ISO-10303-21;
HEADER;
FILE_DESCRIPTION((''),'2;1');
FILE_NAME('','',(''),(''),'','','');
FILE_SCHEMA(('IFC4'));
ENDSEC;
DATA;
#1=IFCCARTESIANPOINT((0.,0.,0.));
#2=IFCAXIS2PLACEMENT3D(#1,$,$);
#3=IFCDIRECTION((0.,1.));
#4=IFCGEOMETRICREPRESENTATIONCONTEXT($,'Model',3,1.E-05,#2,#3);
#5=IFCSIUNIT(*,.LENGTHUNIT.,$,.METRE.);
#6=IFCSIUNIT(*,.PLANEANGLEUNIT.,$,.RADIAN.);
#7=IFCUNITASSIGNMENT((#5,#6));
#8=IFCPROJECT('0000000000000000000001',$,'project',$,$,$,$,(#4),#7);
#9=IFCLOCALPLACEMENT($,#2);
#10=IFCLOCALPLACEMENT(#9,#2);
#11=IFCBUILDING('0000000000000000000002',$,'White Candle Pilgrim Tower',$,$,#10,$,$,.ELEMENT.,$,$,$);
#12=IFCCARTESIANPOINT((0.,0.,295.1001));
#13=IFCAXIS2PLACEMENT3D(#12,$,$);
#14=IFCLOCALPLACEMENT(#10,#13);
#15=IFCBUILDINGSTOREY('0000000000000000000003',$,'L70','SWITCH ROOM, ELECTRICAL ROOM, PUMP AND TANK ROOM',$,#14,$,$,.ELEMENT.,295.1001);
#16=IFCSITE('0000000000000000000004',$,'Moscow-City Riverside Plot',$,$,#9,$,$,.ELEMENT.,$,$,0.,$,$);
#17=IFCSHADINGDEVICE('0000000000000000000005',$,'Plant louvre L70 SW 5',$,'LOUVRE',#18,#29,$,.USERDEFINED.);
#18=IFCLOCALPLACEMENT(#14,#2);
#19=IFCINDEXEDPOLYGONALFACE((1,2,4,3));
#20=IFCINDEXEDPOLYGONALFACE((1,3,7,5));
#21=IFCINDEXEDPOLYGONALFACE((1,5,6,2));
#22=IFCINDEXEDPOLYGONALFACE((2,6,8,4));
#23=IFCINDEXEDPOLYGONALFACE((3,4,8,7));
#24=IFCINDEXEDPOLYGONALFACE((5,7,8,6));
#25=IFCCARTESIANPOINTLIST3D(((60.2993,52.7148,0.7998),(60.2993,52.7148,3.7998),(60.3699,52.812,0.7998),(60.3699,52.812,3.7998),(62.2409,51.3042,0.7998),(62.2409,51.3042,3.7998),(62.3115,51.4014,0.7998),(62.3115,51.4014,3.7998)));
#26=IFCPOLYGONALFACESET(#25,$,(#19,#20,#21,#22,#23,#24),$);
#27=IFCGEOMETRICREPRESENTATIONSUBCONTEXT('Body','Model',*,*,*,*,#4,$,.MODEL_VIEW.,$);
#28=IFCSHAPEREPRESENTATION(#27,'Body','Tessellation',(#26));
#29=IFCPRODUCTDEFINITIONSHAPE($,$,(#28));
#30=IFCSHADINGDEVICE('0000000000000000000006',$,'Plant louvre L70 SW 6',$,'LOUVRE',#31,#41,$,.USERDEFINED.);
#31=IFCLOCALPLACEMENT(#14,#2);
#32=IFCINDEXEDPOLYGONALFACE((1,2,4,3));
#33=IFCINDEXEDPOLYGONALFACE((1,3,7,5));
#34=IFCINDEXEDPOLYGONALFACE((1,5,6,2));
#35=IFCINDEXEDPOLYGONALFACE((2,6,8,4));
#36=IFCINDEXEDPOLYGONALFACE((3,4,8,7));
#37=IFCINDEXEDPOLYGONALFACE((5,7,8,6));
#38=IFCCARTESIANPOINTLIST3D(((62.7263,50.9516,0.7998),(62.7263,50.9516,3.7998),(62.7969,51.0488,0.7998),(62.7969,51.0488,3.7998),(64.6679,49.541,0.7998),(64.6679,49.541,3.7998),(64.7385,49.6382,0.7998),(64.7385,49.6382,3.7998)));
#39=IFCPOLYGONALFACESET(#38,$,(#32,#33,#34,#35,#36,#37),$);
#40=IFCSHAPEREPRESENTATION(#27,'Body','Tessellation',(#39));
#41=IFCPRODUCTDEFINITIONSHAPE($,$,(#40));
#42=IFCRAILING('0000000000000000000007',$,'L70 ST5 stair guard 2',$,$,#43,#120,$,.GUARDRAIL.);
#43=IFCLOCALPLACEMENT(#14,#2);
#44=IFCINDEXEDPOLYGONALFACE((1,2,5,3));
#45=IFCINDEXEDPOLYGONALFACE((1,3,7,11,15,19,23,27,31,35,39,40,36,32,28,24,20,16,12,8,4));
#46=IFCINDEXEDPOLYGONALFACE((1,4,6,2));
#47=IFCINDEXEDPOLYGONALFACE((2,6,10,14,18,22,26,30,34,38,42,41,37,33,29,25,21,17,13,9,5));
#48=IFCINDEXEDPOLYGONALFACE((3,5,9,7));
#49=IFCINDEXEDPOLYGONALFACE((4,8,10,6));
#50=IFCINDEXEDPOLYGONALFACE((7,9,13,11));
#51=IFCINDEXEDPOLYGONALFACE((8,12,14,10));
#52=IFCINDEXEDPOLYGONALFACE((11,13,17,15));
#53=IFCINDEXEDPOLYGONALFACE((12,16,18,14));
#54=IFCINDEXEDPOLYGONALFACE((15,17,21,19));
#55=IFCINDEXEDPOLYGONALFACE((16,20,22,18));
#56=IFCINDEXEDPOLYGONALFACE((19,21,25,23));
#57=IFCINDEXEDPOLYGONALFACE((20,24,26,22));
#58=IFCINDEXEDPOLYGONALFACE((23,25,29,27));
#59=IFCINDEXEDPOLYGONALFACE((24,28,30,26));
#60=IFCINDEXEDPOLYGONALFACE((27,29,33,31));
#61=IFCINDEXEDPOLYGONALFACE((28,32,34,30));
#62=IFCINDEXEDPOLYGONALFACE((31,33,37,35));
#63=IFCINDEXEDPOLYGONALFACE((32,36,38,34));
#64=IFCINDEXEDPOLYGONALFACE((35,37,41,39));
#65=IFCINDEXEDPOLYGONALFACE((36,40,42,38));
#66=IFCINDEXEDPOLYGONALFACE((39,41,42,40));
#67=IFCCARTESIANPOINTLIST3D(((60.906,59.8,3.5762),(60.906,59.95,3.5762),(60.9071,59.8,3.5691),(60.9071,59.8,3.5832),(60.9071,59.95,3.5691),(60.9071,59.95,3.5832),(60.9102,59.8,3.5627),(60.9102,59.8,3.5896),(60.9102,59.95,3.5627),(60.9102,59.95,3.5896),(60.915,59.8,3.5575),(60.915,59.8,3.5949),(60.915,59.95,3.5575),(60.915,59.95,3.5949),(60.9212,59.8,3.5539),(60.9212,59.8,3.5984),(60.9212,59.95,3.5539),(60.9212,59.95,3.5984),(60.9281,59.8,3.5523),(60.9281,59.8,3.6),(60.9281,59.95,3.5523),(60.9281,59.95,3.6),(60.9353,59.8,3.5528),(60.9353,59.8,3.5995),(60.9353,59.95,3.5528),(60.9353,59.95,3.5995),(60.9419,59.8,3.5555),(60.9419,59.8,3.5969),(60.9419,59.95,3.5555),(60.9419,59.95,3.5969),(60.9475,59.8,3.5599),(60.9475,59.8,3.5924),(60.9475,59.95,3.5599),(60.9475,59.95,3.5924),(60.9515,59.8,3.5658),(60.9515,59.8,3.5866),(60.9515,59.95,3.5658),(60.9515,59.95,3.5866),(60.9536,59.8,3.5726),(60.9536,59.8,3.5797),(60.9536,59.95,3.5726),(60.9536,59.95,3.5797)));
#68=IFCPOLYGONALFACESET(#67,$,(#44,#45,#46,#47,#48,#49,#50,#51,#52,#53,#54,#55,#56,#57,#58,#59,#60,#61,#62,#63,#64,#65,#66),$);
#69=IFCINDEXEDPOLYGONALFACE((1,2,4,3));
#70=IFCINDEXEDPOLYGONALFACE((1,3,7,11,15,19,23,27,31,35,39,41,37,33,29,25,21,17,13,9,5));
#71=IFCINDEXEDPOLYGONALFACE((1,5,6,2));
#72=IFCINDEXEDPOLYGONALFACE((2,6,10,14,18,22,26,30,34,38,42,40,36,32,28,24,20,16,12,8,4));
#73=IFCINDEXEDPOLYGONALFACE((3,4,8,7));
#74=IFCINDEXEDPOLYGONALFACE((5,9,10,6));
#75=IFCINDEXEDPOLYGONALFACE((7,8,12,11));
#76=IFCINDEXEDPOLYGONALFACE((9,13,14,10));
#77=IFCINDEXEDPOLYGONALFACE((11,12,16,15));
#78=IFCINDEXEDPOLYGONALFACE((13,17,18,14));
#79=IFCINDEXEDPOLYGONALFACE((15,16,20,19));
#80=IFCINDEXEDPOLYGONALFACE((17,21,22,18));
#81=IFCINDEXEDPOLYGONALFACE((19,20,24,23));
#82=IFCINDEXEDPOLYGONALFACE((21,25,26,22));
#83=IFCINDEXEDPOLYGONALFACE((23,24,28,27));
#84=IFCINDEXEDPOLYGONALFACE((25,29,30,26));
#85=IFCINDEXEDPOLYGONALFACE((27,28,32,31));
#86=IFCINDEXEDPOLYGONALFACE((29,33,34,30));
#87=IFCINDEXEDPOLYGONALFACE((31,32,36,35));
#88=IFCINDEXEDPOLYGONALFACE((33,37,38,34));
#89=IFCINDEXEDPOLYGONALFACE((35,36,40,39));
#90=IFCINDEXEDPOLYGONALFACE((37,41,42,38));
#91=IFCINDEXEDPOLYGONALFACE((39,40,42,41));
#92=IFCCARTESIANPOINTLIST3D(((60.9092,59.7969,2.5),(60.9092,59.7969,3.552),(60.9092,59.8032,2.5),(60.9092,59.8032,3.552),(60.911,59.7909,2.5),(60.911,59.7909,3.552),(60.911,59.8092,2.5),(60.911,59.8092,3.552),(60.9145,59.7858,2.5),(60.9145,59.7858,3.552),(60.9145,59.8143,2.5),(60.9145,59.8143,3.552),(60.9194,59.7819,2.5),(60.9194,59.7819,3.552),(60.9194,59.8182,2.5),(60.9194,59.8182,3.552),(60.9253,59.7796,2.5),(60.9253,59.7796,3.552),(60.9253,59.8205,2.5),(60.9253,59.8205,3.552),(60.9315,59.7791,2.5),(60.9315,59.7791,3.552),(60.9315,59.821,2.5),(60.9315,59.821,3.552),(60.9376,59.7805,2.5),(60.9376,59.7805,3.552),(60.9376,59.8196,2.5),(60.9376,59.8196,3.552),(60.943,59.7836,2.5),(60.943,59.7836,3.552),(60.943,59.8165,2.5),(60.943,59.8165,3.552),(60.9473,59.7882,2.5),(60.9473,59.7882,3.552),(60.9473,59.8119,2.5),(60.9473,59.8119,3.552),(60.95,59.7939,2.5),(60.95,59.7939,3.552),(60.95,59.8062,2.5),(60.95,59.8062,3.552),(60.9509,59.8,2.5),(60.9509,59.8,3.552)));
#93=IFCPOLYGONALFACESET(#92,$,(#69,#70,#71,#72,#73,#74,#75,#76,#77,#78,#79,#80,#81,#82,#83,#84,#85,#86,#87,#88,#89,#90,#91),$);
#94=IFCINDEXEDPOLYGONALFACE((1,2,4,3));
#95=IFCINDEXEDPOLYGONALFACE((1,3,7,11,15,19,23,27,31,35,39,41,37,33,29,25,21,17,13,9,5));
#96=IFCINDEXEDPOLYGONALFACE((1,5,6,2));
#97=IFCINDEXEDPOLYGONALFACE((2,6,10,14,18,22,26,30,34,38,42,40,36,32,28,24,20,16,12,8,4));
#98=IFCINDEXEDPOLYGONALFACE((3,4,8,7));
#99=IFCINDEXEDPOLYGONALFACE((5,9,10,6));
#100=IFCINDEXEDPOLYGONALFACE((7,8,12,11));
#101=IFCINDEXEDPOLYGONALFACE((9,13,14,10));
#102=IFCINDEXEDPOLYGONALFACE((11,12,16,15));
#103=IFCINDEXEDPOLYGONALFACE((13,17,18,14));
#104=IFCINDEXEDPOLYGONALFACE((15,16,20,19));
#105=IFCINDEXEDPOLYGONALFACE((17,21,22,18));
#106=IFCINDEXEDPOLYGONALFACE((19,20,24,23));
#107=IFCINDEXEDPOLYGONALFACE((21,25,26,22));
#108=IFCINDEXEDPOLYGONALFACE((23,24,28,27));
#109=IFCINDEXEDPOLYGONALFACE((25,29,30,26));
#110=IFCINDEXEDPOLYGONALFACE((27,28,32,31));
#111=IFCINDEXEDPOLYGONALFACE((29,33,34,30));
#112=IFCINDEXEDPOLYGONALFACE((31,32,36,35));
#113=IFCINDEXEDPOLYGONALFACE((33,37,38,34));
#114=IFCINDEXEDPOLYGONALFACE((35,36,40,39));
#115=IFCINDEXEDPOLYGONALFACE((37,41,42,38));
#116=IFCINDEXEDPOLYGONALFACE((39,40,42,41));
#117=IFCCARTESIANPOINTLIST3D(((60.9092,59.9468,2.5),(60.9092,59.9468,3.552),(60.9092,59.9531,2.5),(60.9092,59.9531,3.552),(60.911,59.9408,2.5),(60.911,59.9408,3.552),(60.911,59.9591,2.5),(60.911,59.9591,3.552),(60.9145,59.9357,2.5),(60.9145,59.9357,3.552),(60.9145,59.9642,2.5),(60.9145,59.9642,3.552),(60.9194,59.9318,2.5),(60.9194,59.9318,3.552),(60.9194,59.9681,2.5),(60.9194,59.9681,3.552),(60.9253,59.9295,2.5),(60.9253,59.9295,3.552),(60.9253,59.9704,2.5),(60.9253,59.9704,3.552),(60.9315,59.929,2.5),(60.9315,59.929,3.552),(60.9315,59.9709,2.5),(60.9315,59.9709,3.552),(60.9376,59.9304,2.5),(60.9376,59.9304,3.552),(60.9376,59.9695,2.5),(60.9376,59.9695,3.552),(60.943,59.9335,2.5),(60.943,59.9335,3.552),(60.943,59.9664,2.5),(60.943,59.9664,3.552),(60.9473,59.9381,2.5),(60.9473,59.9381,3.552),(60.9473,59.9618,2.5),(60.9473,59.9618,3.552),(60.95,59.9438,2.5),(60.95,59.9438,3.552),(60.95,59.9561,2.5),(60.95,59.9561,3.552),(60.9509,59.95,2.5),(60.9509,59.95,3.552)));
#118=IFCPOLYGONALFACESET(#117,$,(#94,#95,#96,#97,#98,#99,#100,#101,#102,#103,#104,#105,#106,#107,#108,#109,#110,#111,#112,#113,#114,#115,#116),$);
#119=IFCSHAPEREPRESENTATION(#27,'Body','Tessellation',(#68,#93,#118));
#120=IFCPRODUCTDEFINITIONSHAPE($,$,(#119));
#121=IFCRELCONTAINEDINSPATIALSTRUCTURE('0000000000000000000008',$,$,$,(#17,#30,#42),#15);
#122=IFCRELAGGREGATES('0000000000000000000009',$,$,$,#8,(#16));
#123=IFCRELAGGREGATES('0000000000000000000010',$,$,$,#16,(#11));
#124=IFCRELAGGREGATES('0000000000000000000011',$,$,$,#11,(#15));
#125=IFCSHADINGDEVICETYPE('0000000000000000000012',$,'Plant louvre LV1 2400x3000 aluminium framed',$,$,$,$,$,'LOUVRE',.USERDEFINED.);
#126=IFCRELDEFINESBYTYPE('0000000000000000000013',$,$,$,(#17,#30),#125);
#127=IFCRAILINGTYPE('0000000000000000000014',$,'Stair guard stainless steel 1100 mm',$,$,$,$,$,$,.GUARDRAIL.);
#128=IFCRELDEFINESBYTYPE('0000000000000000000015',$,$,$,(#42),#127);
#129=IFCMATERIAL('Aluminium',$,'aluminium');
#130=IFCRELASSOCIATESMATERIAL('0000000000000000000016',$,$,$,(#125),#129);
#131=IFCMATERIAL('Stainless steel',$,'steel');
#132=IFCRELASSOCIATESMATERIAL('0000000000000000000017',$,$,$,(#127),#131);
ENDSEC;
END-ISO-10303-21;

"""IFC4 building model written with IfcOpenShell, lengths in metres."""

from ifc_helpers import new_model, si_unit, direction, frame, origin, origin_2d, place, context, subcontext, project, spatial, rectangle, circle, extrude, material, type_object, element, save


model = new_model("IFC4")

# Units and contexts
model_context = context("Model", 3, precision=1e-05, world=origin(), true_north=direction((0.0, 1.0)))
body_context = subcontext(model_context, "Body", "Model", "MODEL_VIEW")
ifc_project = project(units=[si_unit("LENGTHUNIT", "METRE"), si_unit("PLANEANGLEUNIT", "RADIAN")], contexts=[model_context])

# Site, building, storey
site_placement = place(None, origin())
site = spatial("IfcSite", under=ifc_project, at=site_placement, Name="Moscow-City Riverside Plot", CompositionType="ELEMENT", RefElevation=0.0)
building_placement = place(site_placement, origin())
building = spatial("IfcBuilding", under=site, at=building_placement, Name="White Candle Pilgrim Tower", CompositionType="ELEMENT")
storey_placement = place(building_placement, frame((0.0, 0.0, 295.1001)))
storey = spatial("IfcBuildingStorey", under=building, at=storey_placement, Name="L70", Description="SWITCH ROOM, ELECTRICAL ROOM, PUMP AND TANK ROOM", CompositionType="ELEMENT", Elevation=295.1001)

# Shading devices
ifc_material_1 = material(Name="Aluminium", Category="aluminium")
shading_device_type = type_object("IfcShadingDeviceType", Name="Plant louvre LV1 2400x3000 aluminium framed", ElementType="LOUVRE", PredefinedType="USERDEFINED", material=ifc_material_1)
for number, where, z_axis, x_axis, name in (
    (1, (61.3054, 52.0581, 0.7998), (0.0, 0.0, 1.0), (0.809017, -0.587785, 0.0), "Plant louvre L70 SW 5"),
    (2, (63.7324, 50.2949, 0.7998), (0.0, 0.0, 1.0), (0.809017, -0.587785, 0.0), "Plant louvre L70 SW 6"),
):
    element("IfcShadingDevice", number, at=place(storey_placement, frame(where, z_axis=z_axis, x_axis=x_axis)), inside=storey, type_object=shading_device_type, Name=name, ObjectType="LOUVRE", PredefinedType="USERDEFINED", context=body_context, shape_type="SweptSolid", body=[
        extrude(rectangle(XDim=2.3999, YDim=0.1201, at=origin_2d()), origin(), (0.0, 0.0, 1.0), 3.0),
    ])

# Railing
ifc_material_2 = material(Name="Stainless steel", Category="steel")
railing_type_1 = type_object("IfcRailingType", Name="Stair guard stainless steel 1100 mm", PredefinedType="GUARDRAIL", material=ifc_material_2)
railing_1_placement = place(storey_placement, frame((60.9299, 59.8, 2.5)))
element("IfcRailing", 3, at=railing_1_placement, inside=storey, type_object=railing_type_1, Name="L70 ST5 stair guard 2", PredefinedType="GUARDRAIL", context=body_context, shape_type="SweptSolid", body=[
    extrude(circle(Radius=0.0239, at=origin_2d()), frame((0.0, 0.0, 1.0762), z_axis=(0.0, 1.0, 0.0), x_axis=(-1.0, 0.0, 0.0)), (0.0, 0.0, 1.0), 0.1499),
    extrude(circle(Radius=0.021, at=origin_2d()), origin(), (0.0, 0.0, 1.0), 1.052),
    extrude(circle(Radius=0.021, at=origin_2d()), frame((0.0, 0.1499, 0.0)), (0.0, 0.0, 1.0), 1.052),
])

save(model, "model.ifc")
